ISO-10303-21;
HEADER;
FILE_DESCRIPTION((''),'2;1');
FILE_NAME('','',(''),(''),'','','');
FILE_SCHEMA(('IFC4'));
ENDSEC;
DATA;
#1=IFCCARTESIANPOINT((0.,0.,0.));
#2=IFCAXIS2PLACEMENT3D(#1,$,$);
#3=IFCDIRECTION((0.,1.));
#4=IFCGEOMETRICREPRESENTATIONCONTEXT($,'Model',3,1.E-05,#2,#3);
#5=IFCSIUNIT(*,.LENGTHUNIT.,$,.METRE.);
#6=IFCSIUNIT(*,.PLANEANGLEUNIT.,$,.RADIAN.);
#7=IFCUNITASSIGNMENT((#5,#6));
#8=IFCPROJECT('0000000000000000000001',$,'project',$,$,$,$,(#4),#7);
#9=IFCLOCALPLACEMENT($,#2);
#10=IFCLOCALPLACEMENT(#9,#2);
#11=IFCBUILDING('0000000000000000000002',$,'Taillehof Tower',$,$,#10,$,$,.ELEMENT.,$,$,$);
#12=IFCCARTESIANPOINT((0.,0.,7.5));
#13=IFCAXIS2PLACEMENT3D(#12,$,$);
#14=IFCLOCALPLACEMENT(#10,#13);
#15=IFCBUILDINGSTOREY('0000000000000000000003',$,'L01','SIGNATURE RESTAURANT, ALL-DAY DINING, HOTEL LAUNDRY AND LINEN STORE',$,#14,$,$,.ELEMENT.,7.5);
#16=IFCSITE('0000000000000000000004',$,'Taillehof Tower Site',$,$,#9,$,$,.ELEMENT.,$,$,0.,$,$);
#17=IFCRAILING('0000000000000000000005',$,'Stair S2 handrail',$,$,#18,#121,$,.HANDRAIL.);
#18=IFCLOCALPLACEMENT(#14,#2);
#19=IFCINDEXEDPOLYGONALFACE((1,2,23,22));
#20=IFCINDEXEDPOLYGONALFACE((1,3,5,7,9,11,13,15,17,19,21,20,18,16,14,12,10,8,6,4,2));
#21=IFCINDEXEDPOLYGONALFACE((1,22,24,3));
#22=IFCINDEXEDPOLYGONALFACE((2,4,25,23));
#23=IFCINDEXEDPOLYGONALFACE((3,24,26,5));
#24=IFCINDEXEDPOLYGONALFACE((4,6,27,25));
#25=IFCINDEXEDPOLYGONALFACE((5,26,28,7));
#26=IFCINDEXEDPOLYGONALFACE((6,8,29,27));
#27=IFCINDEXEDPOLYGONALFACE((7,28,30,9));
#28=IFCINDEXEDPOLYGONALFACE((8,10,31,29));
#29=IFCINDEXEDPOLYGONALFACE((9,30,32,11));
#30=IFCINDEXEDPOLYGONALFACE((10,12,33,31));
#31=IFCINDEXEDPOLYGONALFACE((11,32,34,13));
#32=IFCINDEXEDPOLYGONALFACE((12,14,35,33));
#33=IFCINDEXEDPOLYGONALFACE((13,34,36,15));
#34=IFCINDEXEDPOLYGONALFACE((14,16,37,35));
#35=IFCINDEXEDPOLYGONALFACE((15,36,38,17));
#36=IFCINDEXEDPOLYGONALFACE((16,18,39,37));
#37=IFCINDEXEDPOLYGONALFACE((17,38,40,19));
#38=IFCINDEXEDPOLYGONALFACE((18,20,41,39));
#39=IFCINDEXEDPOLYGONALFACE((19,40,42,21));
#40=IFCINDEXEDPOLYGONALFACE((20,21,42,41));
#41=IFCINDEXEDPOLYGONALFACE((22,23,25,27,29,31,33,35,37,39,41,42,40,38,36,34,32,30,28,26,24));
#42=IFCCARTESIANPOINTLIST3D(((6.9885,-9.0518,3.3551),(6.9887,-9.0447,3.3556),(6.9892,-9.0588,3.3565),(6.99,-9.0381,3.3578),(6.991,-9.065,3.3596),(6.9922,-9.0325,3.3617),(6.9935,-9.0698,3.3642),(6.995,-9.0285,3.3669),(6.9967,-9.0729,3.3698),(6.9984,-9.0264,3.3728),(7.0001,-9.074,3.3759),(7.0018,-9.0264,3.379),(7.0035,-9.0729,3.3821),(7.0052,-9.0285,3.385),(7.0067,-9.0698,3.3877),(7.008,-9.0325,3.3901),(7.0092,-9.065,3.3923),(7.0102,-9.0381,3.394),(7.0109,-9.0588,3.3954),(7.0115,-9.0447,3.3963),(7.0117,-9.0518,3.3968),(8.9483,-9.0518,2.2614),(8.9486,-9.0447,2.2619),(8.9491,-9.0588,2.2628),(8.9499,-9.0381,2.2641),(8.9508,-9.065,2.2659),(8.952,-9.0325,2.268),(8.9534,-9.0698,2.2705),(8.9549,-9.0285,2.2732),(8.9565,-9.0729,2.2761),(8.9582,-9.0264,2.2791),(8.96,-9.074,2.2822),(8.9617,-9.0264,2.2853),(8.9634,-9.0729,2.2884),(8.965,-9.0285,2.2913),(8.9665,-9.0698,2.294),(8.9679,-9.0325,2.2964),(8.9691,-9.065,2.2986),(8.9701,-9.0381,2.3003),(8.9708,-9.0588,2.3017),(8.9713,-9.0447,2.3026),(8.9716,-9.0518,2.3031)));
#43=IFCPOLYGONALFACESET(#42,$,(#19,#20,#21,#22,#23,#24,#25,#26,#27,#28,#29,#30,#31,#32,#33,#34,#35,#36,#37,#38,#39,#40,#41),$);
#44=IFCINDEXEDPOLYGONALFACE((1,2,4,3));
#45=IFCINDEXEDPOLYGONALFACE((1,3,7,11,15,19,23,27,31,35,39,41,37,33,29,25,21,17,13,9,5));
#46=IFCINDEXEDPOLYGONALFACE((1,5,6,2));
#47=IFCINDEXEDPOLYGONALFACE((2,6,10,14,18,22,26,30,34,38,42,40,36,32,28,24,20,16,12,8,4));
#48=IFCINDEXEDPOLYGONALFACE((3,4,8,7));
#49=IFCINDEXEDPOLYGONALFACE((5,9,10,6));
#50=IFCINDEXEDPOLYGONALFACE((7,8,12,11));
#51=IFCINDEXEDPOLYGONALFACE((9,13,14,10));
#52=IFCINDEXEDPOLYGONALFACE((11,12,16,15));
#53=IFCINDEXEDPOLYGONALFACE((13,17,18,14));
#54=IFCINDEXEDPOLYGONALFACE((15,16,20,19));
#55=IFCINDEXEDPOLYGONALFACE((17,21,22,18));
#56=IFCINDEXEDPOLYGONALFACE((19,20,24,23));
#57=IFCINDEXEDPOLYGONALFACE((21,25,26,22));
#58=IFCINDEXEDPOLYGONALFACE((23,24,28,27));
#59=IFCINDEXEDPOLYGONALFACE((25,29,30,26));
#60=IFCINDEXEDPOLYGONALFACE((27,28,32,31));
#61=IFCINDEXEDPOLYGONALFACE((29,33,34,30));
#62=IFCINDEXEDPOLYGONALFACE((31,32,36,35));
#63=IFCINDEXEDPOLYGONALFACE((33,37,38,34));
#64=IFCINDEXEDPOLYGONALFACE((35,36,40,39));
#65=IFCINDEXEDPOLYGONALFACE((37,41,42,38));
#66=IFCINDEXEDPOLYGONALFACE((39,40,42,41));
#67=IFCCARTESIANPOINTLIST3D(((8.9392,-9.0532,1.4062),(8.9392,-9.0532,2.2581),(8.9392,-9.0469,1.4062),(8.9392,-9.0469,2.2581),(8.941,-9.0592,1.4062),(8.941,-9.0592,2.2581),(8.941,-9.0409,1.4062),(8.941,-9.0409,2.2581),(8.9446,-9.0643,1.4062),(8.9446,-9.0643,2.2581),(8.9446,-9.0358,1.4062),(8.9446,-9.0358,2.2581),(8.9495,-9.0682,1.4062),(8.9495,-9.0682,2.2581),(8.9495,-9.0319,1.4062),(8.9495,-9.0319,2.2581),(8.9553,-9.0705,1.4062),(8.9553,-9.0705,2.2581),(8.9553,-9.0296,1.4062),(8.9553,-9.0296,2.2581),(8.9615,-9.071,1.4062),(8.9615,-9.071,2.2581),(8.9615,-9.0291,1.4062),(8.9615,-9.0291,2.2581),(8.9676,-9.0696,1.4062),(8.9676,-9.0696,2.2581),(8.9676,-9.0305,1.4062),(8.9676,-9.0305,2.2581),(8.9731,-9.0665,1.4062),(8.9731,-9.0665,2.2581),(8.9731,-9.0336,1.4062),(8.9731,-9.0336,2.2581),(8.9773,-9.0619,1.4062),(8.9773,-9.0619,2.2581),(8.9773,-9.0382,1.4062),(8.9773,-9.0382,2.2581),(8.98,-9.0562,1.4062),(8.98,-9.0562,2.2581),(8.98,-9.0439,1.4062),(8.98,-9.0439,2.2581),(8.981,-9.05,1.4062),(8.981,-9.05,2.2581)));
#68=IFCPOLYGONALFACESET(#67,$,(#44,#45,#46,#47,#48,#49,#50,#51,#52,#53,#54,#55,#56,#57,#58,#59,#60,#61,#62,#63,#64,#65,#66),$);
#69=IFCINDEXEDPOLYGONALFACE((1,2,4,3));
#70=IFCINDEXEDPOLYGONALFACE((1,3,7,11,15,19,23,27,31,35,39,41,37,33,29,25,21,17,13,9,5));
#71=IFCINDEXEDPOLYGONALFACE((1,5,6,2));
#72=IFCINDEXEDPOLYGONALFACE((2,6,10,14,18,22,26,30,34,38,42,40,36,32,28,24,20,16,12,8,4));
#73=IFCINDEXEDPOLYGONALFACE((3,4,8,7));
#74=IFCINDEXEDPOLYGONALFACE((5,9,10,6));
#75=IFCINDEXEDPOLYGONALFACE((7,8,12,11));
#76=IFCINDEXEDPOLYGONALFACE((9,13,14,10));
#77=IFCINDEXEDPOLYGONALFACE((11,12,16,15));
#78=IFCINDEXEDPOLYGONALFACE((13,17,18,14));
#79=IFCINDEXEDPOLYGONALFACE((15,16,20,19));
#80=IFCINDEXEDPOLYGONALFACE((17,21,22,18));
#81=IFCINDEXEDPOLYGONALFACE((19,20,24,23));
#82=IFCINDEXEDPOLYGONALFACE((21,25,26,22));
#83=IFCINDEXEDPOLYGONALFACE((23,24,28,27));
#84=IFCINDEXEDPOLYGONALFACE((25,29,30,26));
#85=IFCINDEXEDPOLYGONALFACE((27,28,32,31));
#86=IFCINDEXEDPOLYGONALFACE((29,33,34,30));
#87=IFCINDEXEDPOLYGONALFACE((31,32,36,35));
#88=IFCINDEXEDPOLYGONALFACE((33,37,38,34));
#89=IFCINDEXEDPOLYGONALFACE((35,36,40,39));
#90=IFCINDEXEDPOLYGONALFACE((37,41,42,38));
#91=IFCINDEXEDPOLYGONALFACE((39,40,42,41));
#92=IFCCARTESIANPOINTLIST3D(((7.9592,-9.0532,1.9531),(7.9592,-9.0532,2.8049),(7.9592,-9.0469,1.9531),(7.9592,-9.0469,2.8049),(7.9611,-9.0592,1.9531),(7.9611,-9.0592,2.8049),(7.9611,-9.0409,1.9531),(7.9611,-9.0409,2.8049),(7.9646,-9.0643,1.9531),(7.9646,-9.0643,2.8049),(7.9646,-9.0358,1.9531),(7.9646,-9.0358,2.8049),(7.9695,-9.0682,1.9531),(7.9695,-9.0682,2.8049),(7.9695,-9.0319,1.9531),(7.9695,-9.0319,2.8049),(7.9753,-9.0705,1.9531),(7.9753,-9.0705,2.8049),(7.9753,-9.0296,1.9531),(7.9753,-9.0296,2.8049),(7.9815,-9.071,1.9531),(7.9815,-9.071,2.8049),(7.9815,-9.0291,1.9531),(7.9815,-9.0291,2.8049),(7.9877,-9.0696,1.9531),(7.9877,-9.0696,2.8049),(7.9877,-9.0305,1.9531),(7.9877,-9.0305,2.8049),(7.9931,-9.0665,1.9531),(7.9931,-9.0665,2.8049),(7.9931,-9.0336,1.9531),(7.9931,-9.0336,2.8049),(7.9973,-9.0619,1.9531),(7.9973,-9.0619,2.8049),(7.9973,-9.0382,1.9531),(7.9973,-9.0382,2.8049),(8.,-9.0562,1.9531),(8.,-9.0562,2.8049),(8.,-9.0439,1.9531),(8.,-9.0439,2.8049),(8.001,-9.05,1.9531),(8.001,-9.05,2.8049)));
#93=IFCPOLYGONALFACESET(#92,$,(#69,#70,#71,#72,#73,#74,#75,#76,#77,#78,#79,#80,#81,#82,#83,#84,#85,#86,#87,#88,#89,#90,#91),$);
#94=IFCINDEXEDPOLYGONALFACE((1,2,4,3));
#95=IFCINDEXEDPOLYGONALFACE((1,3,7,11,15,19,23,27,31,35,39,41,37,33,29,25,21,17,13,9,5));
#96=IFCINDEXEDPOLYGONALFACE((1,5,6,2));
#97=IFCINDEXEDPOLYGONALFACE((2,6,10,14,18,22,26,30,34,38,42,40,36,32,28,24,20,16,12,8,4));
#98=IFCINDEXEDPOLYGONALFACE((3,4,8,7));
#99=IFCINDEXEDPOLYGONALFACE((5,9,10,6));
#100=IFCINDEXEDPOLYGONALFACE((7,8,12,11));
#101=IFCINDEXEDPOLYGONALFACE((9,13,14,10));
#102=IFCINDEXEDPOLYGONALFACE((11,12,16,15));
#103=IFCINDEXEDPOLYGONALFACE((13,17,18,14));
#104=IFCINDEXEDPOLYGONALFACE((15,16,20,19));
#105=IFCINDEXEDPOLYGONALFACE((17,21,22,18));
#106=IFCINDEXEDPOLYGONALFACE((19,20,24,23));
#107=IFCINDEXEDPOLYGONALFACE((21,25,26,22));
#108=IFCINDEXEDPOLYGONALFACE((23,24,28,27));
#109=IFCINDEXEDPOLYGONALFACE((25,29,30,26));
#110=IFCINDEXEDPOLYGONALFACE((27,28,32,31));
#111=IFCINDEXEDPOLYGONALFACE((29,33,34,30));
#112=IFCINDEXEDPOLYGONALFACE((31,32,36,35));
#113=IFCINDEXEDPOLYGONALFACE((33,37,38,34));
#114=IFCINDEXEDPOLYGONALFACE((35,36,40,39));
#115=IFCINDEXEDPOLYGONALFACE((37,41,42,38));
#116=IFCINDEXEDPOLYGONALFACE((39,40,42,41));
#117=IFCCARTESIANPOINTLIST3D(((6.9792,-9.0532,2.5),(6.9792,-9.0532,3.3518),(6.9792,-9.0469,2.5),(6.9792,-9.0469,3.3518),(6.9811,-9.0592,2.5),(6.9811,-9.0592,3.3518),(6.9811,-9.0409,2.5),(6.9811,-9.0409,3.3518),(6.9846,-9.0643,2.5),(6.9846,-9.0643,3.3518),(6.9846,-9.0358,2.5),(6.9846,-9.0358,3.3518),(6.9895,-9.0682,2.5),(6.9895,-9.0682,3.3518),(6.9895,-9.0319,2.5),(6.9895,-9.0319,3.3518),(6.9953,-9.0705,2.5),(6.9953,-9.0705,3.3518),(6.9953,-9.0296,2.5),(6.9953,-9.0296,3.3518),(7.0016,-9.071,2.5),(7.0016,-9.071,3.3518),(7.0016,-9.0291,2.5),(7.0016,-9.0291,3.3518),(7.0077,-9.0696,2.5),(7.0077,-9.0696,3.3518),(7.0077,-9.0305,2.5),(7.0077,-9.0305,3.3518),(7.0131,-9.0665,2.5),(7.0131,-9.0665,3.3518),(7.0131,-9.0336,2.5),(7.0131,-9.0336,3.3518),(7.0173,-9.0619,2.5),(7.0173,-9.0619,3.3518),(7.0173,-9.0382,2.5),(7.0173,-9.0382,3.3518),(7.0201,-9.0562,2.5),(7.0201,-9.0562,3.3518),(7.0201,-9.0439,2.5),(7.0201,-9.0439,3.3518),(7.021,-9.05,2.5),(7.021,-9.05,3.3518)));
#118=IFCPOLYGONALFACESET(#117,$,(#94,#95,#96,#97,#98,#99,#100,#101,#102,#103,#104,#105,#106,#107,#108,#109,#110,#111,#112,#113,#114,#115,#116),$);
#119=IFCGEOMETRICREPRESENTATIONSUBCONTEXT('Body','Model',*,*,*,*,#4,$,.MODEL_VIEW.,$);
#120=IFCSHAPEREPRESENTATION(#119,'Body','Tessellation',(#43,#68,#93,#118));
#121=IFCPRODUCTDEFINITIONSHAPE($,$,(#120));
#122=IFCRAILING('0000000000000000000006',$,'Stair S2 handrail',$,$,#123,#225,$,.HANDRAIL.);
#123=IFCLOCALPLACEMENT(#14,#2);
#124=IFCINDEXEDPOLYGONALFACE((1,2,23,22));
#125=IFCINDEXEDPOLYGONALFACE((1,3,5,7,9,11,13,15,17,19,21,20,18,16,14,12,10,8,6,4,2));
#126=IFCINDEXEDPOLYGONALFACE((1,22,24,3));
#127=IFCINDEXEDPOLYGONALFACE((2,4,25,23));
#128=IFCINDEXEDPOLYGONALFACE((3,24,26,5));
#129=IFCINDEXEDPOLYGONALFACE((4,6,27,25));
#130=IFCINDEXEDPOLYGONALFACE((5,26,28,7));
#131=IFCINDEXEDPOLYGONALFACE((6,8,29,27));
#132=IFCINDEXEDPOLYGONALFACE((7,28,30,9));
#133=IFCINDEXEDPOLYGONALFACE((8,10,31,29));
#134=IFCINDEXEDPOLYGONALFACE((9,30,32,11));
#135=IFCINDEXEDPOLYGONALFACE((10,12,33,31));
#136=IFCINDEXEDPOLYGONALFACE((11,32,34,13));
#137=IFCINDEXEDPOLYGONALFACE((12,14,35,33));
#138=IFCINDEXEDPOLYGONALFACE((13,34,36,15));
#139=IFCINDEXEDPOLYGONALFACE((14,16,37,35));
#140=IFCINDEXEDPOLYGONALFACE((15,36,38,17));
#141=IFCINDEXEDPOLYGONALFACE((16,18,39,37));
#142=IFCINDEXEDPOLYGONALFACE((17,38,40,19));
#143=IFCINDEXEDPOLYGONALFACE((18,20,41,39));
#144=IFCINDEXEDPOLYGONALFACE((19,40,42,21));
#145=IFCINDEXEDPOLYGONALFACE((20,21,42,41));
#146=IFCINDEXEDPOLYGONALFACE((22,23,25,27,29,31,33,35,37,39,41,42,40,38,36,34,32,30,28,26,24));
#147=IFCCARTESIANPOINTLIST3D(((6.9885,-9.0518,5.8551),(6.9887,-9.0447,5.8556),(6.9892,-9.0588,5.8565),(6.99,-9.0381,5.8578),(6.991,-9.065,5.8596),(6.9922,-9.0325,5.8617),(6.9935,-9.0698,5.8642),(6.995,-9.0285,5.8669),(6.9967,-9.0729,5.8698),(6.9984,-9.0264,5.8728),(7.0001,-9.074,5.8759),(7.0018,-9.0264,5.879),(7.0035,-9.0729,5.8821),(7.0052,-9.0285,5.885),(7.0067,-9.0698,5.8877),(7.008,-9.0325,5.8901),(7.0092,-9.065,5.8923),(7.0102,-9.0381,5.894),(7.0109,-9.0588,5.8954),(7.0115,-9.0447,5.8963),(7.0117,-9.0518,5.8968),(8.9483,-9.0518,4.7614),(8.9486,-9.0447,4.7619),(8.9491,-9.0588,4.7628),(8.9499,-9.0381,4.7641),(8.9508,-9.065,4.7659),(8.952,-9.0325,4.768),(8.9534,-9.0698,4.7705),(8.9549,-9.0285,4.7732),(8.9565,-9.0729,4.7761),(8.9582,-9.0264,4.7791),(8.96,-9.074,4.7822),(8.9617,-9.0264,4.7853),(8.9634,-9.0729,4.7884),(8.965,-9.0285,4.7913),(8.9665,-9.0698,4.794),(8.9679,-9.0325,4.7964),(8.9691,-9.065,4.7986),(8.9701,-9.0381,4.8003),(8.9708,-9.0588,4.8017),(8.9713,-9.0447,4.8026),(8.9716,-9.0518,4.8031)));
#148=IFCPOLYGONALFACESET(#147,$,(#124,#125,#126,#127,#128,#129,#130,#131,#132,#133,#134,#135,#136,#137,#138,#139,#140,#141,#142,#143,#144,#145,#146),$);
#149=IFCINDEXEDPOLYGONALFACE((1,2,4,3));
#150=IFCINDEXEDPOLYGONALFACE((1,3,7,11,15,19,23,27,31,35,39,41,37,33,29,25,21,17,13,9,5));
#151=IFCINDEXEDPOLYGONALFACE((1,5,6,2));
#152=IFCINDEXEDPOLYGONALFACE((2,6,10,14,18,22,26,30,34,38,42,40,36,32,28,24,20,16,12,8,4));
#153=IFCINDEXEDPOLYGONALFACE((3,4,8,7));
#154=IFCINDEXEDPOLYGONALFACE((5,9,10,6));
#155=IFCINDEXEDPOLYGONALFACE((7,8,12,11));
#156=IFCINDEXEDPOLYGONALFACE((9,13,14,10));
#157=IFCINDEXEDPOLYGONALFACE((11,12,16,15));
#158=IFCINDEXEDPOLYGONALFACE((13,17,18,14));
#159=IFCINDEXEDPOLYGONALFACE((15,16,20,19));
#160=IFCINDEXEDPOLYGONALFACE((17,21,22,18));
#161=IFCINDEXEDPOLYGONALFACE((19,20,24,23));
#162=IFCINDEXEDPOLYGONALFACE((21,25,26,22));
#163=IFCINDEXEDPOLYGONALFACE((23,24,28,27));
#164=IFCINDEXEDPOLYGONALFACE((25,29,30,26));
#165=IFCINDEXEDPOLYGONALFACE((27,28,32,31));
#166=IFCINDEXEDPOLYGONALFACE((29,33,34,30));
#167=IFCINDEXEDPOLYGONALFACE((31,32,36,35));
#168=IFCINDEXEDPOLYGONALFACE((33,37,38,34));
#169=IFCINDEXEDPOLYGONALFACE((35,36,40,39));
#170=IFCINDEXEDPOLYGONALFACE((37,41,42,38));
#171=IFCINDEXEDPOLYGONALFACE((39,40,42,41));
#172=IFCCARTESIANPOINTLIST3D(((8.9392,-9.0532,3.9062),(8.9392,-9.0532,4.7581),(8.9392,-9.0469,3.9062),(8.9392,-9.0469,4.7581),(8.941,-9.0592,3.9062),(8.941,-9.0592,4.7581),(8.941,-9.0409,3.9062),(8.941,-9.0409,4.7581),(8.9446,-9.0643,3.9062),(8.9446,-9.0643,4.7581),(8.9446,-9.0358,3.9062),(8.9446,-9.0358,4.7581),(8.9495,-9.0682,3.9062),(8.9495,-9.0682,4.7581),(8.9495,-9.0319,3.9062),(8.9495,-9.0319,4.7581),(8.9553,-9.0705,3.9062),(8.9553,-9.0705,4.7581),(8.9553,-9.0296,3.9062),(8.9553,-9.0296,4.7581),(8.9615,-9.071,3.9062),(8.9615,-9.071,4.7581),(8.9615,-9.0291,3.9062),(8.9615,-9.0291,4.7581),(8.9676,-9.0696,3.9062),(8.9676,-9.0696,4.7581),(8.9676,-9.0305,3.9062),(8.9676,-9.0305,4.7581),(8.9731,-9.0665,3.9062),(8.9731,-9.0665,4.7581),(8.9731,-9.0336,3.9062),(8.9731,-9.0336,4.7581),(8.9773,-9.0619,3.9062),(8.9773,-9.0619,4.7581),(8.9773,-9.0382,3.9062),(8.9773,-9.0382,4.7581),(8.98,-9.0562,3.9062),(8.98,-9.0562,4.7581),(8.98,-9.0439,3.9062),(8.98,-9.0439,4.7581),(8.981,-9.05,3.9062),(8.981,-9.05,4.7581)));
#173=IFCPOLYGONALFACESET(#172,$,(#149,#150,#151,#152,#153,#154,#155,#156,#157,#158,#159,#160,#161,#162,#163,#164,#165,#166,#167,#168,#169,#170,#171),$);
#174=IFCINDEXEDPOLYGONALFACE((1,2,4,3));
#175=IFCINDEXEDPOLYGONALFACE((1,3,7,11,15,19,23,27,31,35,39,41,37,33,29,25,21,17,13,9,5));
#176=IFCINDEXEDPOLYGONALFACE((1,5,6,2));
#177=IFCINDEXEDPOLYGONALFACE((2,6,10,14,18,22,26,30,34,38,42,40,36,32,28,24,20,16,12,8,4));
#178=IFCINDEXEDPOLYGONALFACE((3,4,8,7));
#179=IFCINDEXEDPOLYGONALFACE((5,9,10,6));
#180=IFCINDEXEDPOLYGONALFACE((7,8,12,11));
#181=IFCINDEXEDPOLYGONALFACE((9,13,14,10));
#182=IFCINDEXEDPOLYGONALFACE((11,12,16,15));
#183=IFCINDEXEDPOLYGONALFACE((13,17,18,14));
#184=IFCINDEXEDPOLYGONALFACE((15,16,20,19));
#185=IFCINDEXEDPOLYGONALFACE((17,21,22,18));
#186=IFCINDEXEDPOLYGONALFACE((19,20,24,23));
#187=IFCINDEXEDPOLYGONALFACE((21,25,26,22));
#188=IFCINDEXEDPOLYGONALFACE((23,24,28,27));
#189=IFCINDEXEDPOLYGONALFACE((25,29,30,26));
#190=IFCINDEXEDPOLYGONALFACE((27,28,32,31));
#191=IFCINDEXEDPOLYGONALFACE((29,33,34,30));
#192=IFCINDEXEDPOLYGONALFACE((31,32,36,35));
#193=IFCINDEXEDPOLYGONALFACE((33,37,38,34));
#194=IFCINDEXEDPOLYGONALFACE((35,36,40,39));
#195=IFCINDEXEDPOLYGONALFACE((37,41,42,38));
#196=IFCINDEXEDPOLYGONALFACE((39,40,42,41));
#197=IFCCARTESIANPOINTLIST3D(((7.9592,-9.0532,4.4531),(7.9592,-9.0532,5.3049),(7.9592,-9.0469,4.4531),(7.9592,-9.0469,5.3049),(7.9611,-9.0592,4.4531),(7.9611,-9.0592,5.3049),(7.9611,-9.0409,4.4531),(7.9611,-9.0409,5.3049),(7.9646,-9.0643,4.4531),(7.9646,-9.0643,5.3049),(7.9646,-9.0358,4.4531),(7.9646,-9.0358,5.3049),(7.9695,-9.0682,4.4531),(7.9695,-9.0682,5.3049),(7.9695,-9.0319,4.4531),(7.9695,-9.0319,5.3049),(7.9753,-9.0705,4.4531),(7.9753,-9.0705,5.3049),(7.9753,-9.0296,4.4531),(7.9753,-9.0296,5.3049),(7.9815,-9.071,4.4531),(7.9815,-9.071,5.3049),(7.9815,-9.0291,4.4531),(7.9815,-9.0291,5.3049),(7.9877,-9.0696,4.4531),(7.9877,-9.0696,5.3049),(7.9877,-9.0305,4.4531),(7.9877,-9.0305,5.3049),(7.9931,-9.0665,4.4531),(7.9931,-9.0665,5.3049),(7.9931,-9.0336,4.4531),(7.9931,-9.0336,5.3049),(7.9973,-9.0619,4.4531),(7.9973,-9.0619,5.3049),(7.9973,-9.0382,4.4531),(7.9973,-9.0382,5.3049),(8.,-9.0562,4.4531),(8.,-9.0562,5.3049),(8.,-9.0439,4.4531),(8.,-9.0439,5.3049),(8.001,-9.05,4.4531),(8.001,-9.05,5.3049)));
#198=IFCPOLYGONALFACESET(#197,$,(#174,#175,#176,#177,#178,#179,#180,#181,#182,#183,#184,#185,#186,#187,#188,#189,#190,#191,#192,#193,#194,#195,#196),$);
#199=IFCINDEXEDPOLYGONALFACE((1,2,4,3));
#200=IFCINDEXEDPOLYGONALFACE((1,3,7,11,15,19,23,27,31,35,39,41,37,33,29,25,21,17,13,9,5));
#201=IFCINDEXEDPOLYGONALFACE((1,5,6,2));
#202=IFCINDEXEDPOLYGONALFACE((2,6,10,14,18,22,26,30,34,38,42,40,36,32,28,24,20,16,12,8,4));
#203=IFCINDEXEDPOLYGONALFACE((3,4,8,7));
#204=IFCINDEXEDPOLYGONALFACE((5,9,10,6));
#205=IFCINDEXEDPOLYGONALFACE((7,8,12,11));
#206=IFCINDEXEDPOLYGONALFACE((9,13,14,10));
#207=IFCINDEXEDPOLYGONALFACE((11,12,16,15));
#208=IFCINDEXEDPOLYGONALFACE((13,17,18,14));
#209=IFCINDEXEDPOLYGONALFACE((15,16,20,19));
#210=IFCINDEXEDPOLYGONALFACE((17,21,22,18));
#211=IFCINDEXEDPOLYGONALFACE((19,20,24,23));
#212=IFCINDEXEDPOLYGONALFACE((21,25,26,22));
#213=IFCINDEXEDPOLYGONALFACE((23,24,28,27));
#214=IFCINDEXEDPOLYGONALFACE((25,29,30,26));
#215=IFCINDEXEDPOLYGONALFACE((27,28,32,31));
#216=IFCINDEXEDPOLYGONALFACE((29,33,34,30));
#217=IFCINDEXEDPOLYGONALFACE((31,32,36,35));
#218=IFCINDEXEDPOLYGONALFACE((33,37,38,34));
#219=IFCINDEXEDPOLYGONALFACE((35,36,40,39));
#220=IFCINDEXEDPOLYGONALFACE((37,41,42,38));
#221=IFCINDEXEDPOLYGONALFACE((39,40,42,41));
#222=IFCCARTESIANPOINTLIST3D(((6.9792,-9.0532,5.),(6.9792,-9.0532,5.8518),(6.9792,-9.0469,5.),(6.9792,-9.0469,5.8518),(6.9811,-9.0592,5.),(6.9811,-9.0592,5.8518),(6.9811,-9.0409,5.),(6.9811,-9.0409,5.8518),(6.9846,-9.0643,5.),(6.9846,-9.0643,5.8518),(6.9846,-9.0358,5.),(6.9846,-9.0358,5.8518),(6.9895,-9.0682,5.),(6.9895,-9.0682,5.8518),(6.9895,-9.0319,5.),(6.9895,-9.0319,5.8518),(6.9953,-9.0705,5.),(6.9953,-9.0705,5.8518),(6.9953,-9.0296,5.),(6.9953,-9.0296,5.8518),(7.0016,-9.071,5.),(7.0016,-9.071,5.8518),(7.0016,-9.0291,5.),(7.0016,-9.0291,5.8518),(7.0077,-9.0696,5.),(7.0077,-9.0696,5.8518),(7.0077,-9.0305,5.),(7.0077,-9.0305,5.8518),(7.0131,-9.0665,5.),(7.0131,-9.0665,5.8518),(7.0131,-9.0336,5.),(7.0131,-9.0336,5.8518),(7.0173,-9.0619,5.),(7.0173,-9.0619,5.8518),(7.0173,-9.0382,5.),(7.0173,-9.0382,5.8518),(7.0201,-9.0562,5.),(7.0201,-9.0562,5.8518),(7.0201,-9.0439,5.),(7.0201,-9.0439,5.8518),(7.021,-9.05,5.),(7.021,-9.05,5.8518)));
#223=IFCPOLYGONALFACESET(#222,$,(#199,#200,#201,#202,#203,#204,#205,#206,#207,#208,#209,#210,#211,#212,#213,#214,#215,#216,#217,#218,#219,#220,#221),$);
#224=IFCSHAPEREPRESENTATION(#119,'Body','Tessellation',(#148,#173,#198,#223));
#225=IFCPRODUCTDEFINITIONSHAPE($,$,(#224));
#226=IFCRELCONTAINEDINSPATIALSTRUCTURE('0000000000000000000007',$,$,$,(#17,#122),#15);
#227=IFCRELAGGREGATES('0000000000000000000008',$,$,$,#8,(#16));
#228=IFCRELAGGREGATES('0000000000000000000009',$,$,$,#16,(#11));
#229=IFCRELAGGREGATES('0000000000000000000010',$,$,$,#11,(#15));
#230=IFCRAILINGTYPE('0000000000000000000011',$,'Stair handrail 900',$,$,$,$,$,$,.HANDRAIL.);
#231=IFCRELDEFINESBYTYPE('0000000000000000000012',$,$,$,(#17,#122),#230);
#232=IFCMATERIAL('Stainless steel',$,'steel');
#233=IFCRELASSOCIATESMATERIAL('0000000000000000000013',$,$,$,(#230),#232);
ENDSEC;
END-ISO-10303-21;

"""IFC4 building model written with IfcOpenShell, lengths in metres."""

from ifc_helpers import new_model, si_unit, direction, frame, origin, origin_2d, place, context, subcontext, project, spatial, circle, extrude, material, type_object, element, save


model = new_model("IFC4")

# Units and contexts
model_context = context("Model", 3, precision=1e-05, world=origin(), true_north=direction((0.0, 1.0)))
body_context = subcontext(model_context, "Body", "Model", "MODEL_VIEW")
ifc_project = project(units=[si_unit("LENGTHUNIT", "METRE"), si_unit("PLANEANGLEUNIT", "RADIAN")], contexts=[model_context])

# Site, building, storey
site_placement = place(None, origin())
site = spatial("IfcSite", under=ifc_project, at=site_placement, Name="Taillehof Tower Site", CompositionType="ELEMENT", RefElevation=0.0)
building_placement = place(site_placement, origin())
building = spatial("IfcBuilding", under=site, at=building_placement, Name="Taillehof Tower", CompositionType="ELEMENT")
storey_placement = place(building_placement, frame((0.0, 0.0, 7.5)))
storey = spatial("IfcBuildingStorey", under=building, at=storey_placement, Name="L01", Description="SIGNATURE RESTAURANT, ALL-DAY DINING, HOTEL LAUNDRY AND LINEN STORE", CompositionType="ELEMENT", Elevation=7.5)

# Railings
ifc_material_1 = material(Name="Stainless steel", Category="steel")
railing_type_1 = type_object("IfcRailingType", Name="Stair handrail 900", PredefinedType="HANDRAIL", material=ifc_material_1)
for number, where, name in (
    (1, (8.96, -9.05, 1.4062), "Stair S2 handrail"),
    (2, (8.96, -9.05, 3.9062), "Stair S2 handrail"),
):
    element("IfcRailing", number, at=place(storey_placement, frame(where)), inside=storey, type_object=railing_type_1, Name=name, PredefinedType="HANDRAIL", context=body_context, shape_type="SweptSolid", body=[
        extrude(circle(Radius=0.0239, at=origin_2d()), frame((0.0, 0.0, 0.876), z_axis=(-0.873232, 0.0, 0.487304), x_axis=(0.0, -1.0, 0.0)), (0.0, 0.0, 1.0), 2.2444),
        extrude(circle(Radius=0.021, at=origin_2d()), origin(), (0.0, 0.0, 1.0), 0.8518),
        extrude(circle(Radius=0.021, at=origin_2d()), frame((-0.98, 0.0, 0.5469)), (0.0, 0.0, 1.0), 0.8518),
        extrude(circle(Radius=0.021, at=origin_2d()), frame((-1.96, 0.0, 1.0938)), (0.0, 0.0, 1.0), 0.8518),
    ])

save(model, "model.ifc")
